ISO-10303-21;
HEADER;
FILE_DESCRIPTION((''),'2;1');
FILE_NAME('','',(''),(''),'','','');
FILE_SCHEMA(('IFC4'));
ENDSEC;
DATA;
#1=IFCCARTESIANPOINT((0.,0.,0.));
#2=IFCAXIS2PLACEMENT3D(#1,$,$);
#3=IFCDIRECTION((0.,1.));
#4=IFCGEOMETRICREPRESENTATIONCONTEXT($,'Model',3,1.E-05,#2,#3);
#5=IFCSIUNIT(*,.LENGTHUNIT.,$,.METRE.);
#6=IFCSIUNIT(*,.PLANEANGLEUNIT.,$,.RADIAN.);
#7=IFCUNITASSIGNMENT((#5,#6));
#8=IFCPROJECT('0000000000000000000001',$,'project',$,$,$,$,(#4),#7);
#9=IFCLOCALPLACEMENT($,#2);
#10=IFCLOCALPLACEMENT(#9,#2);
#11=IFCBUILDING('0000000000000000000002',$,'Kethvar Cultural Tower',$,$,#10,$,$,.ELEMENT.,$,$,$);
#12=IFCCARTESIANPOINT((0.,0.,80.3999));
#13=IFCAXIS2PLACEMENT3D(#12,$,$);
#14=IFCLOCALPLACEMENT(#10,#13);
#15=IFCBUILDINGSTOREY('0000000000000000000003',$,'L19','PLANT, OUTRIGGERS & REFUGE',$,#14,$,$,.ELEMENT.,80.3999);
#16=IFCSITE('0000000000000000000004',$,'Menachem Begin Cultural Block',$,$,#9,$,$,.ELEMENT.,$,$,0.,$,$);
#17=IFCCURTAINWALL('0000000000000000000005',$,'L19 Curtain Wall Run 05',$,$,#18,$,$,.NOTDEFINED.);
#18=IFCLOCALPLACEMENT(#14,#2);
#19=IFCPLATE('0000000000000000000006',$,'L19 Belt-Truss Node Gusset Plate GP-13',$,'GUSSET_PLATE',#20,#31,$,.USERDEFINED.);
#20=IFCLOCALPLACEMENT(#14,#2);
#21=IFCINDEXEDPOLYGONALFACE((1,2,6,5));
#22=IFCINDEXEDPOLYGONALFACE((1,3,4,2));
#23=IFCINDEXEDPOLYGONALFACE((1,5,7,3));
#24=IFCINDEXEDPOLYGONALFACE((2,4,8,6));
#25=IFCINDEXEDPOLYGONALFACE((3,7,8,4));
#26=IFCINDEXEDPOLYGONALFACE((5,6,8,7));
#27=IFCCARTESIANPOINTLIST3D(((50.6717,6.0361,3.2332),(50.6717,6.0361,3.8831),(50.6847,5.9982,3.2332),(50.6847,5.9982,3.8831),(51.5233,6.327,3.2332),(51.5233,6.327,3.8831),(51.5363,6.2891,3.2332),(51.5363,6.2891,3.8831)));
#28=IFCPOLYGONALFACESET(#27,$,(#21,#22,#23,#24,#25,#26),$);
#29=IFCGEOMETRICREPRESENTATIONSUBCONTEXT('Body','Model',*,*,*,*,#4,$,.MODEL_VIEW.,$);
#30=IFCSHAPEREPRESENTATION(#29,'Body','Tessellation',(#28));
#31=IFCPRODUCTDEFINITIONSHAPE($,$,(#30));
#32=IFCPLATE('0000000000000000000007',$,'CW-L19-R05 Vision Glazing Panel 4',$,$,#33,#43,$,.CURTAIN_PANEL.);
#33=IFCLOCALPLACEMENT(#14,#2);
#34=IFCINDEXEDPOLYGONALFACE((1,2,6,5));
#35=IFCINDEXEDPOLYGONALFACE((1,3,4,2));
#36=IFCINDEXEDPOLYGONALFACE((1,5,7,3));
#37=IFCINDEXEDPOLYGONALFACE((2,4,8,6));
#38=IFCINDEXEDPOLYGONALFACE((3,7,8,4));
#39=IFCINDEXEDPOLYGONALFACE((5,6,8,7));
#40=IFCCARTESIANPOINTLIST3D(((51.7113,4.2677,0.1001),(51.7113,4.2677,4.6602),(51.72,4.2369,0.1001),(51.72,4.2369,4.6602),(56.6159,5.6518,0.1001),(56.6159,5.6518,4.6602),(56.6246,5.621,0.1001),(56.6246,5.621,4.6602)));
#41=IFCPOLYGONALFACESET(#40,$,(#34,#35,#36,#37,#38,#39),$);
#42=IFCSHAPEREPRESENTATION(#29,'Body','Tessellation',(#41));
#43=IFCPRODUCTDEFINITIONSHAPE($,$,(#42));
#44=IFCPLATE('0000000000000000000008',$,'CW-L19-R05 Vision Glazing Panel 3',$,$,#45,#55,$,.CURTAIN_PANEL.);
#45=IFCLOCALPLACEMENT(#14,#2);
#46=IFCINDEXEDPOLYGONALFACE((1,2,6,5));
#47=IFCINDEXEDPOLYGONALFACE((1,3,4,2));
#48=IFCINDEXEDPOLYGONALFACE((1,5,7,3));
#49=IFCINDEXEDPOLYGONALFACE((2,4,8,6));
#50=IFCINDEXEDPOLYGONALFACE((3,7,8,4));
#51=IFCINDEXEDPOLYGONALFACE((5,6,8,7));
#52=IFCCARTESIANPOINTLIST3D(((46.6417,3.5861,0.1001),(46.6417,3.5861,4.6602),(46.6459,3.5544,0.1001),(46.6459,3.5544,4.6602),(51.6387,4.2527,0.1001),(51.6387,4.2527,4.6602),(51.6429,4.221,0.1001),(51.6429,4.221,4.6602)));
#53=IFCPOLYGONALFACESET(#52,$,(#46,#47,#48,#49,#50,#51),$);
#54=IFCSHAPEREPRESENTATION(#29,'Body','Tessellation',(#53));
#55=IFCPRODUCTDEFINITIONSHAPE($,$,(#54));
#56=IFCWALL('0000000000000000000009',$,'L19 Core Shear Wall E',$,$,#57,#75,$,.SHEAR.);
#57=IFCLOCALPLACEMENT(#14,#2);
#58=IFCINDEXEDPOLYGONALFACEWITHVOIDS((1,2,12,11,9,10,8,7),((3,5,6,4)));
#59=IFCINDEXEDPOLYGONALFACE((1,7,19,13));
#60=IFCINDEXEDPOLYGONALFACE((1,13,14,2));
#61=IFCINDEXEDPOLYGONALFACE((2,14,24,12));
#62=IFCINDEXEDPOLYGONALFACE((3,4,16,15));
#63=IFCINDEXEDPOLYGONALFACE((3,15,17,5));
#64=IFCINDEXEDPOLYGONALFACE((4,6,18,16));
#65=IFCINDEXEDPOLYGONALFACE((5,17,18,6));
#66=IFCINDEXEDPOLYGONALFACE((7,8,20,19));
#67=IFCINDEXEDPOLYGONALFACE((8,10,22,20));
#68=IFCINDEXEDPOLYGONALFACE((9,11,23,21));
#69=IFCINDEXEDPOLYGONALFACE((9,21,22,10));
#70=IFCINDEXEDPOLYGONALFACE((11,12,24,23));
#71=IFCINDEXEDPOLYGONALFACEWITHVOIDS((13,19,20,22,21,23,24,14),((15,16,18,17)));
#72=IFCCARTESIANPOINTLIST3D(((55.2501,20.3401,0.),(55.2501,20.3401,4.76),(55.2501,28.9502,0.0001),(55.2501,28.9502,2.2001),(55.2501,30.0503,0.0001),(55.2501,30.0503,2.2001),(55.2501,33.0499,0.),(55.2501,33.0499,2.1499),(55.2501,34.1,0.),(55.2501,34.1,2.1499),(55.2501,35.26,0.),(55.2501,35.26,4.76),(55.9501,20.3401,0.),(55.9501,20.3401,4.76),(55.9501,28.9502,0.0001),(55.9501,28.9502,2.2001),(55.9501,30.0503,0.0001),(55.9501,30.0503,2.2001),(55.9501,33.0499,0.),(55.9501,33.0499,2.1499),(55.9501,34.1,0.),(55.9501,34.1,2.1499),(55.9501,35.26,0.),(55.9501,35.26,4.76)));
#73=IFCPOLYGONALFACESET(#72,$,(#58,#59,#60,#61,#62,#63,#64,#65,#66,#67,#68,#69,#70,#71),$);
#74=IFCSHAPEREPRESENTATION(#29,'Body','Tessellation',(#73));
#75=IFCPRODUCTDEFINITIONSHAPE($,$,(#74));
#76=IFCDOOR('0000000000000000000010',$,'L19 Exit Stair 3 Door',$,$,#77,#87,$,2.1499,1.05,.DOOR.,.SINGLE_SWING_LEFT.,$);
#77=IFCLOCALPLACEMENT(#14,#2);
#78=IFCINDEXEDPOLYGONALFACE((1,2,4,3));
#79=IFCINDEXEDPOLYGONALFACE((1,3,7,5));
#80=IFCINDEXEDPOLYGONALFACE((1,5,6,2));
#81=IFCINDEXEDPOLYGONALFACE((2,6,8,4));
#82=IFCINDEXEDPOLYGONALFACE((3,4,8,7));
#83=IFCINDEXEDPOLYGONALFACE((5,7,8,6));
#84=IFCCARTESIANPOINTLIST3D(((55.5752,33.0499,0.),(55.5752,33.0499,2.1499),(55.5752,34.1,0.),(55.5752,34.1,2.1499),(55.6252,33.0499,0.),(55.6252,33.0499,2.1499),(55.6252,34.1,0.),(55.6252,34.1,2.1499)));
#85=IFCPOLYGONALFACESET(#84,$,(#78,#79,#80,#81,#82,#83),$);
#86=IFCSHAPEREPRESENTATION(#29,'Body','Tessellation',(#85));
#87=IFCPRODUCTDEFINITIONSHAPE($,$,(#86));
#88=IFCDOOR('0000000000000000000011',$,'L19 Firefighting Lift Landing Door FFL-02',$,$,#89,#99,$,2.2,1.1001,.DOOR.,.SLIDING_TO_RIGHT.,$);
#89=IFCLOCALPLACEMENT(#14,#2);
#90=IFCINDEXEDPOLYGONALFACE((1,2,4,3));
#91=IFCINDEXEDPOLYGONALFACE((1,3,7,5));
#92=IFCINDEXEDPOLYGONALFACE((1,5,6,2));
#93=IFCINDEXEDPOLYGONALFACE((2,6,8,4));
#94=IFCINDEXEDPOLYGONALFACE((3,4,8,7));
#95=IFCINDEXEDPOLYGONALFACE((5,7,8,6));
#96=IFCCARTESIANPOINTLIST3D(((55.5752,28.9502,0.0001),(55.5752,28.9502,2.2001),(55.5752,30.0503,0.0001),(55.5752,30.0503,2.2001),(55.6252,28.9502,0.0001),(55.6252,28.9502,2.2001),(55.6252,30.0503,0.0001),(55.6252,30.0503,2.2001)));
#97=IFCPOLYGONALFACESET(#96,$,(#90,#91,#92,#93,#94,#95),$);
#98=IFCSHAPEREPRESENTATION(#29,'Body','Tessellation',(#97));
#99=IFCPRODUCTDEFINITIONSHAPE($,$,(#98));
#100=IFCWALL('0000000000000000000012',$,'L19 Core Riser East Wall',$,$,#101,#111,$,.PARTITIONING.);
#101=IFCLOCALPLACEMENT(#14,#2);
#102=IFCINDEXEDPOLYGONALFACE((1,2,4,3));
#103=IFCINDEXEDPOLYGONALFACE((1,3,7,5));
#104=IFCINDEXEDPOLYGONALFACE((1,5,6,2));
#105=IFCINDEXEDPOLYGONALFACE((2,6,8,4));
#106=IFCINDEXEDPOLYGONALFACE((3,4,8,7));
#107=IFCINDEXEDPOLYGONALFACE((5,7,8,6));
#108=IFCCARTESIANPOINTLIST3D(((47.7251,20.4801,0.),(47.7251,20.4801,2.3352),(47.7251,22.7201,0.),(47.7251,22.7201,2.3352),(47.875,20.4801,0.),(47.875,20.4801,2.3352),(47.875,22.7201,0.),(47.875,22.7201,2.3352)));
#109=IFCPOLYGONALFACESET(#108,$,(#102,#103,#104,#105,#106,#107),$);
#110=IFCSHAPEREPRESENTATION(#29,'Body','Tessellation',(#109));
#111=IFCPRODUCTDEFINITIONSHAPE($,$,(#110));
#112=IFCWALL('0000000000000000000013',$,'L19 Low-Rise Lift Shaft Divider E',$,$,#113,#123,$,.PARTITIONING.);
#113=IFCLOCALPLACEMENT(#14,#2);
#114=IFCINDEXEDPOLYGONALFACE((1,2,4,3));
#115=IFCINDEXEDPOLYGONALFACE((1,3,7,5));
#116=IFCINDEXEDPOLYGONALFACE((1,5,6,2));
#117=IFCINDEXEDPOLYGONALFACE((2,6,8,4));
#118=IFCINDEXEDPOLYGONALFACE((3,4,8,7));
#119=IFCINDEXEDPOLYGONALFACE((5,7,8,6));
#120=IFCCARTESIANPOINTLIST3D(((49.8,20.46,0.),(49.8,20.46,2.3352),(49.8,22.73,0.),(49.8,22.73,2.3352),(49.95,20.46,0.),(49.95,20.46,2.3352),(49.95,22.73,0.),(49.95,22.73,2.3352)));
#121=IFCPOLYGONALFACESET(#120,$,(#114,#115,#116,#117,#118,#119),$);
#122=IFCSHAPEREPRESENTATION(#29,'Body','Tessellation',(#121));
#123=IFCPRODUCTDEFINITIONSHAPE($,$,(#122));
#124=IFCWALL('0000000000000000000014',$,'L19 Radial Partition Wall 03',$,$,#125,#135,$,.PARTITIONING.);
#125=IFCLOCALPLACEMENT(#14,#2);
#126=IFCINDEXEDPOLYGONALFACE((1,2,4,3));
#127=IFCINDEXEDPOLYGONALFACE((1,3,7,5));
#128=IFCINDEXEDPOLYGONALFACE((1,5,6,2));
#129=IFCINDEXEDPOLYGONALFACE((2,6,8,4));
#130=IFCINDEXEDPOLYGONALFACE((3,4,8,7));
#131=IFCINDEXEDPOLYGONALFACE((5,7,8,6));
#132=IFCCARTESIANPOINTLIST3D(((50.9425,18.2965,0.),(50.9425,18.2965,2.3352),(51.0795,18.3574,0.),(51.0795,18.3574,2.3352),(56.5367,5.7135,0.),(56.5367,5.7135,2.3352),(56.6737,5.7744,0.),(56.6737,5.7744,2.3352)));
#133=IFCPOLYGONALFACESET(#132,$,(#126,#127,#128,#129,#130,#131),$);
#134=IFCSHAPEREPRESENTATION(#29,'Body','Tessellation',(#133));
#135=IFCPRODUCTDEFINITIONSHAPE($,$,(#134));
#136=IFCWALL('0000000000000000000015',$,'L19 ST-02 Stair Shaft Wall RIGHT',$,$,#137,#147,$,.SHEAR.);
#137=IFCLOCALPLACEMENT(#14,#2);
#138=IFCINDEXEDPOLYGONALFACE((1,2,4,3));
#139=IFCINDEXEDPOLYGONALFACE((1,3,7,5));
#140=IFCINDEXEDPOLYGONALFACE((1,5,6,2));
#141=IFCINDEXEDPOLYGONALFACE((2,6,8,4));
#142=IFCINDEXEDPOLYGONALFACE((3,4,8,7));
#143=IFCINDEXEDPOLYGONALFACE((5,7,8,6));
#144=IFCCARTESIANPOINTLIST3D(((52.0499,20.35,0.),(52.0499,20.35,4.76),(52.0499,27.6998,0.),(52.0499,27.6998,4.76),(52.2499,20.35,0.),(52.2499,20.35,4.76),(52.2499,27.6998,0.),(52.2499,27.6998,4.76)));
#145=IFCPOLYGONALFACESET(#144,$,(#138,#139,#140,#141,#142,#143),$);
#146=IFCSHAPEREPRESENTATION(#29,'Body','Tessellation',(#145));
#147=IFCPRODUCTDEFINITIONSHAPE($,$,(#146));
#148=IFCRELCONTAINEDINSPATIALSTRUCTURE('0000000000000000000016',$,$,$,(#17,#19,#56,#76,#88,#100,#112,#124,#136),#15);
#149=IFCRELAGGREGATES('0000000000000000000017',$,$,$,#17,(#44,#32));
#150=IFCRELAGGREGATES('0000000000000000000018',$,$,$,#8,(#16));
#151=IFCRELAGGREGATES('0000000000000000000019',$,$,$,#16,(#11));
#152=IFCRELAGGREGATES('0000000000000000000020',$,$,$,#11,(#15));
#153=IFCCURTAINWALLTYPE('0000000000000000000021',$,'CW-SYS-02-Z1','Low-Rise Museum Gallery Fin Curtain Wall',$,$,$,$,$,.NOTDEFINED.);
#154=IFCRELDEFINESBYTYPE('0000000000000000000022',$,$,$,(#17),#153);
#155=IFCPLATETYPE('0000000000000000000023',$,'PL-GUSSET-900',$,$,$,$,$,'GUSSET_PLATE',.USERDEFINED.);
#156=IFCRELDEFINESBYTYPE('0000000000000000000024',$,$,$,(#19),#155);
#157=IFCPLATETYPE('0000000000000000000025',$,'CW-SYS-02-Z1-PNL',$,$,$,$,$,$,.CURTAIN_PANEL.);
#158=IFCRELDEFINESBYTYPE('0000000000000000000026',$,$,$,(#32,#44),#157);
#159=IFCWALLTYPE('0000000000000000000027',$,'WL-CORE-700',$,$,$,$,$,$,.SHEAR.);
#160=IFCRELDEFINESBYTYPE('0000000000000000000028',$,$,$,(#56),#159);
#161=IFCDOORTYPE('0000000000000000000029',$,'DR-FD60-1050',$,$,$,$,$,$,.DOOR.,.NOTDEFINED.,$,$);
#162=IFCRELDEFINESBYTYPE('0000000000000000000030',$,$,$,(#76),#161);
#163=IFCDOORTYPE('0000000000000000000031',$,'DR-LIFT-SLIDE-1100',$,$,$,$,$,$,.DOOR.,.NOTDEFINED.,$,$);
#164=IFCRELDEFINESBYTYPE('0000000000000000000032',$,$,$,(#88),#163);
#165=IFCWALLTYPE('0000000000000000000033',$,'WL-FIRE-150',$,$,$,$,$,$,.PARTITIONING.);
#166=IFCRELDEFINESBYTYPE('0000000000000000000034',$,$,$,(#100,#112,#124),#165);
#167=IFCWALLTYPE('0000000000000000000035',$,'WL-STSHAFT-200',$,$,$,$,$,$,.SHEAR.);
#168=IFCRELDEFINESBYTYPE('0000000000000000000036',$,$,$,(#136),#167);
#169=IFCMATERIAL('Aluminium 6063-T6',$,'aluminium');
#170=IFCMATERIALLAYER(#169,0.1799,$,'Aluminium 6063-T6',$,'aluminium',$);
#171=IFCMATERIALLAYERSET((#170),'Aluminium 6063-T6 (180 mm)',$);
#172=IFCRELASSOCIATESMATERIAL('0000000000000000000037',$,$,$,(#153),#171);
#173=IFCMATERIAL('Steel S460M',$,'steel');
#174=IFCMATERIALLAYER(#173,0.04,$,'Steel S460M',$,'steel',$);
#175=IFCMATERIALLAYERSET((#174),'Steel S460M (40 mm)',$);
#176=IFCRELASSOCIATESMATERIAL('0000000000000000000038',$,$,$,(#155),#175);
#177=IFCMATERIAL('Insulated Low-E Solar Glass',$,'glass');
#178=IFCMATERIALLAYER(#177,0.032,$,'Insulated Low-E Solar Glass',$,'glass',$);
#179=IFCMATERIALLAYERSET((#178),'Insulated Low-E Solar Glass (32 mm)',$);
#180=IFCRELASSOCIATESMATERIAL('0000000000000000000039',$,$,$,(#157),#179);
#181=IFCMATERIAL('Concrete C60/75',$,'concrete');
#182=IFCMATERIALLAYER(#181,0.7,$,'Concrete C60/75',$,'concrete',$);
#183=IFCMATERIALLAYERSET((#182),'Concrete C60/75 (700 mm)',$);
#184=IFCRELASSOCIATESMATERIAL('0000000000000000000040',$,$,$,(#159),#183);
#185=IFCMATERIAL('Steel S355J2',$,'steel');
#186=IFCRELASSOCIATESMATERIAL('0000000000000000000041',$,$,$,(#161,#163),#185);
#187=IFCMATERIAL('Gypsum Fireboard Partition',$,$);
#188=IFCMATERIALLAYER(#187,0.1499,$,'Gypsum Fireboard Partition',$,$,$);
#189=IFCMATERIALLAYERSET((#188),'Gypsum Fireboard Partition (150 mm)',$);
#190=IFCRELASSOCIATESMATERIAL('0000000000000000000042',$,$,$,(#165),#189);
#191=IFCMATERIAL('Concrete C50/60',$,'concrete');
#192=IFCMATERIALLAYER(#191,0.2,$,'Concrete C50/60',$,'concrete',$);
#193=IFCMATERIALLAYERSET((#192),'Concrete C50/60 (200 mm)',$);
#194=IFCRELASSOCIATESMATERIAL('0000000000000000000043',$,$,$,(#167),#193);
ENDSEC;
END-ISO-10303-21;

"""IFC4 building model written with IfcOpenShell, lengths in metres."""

from ifc_helpers import new_model, si_unit, direction, frame, frame_2d, origin, origin_2d, place, context, subcontext, project, spatial, rectangle, extrude, source, transform, mapped, material, layer, layer_set, type_object, element, fill, aggregate, save


model = new_model("IFC4")

# Units and contexts
model_context = context("Model", 3, precision=1e-05, world=origin(), true_north=direction((0.0, 1.0)))
body_context = subcontext(model_context, "Body", "Model", "MODEL_VIEW")
ifc_project = project(units=[si_unit("LENGTHUNIT", "METRE"), si_unit("PLANEANGLEUNIT", "RADIAN")], contexts=[model_context])

# Site, building, storey
site_placement = place(None, origin())
site = spatial("IfcSite", under=ifc_project, at=site_placement, Name="Menachem Begin Cultural Block", CompositionType="ELEMENT", RefElevation=0.0)
building_placement = place(site_placement, origin())
building = spatial("IfcBuilding", under=site, at=building_placement, Name="Kethvar Cultural Tower", CompositionType="ELEMENT")
storey_placement = place(building_placement, frame((0.0, 0.0, 80.3999)))
storey = spatial("IfcBuildingStorey", under=building, at=storey_placement, Name="L19", Description="PLANT, OUTRIGGERS & REFUGE", CompositionType="ELEMENT", Elevation=80.3999)

# Shared definitions
ifc_material_1 = material(Name="Steel S460M", Category="steel")

# Curtain wall
ifc_material_2 = material(Name="Aluminium 6063-T6", Category="aluminium")
ifc_layer_1 = layer(ifc_material_2, 0.1799, Name="Aluminium 6063-T6", Category="aluminium")
ifc_layer_set_1 = layer_set([ifc_layer_1], Name="Aluminium 6063-T6 (180 mm)")
curtain_wall_type = type_object("IfcCurtainWallType", Name="CW-SYS-02-Z1", Description="Low-Rise Museum Gallery Fin Curtain Wall", PredefinedType="NOTDEFINED", material=ifc_layer_set_1)
curtain_wall_placement = place(storey_placement, origin())
curtain_wall = element("IfcCurtainWall", 1, at=curtain_wall_placement, inside=storey, type_object=curtain_wall_type, Name="L19 Curtain Wall Run 05", PredefinedType="NOTDEFINED")

# Plate
ifc_layer_2 = layer(ifc_material_1, 0.04, Name="Steel S460M", Category="steel")
ifc_layer_set_2 = layer_set([ifc_layer_2], Name="Steel S460M (40 mm)")
plate_type_1 = type_object("IfcPlateType", Name="PL-GUSSET-900", ElementType="GUSSET_PLATE", PredefinedType="USERDEFINED", material=ifc_layer_set_2)
shared_shape_1 = source(origin(), body_context, "Body", "SweptSolid", [
    extrude(rectangle(XDim=0.8999, YDim=0.04, at=origin_2d()), origin(), (0.0, 0.0, 1.0), 0.6499),
])
plate_1_placement = place(storey_placement, frame((51.104, 6.1626, 3.2332), z_axis=(0.0, 0.0, 1.0), x_axis=(0.946291, 0.323317, 0.0)))
element("IfcPlate", 2, at=plate_1_placement, inside=storey, type_object=plate_type_1, Name="L19 Belt-Truss Node Gusset Plate GP-13", ObjectType="GUSSET_PLATE", PredefinedType="USERDEFINED", context=body_context, shape_type="MappedRepresentation", body=[
    mapped(shared_shape_1, transform((0.0, 0.0, 0.0), scale=1.0)),
])

# Plates
ifc_material_3 = material(Name="Insulated Low-E Solar Glass", Category="glass")
ifc_layer_3 = layer(ifc_material_3, 0.032, Name="Insulated Low-E Solar Glass", Category="glass")
ifc_layer_set_3 = layer_set([ifc_layer_3], Name="Insulated Low-E Solar Glass (32 mm)")
plate_type_2 = type_object("IfcPlateType", Name="CW-SYS-02-Z1-PNL", PredefinedType="CURTAIN_PANEL", material=ifc_layer_set_3)
shared_shape_2 = source(origin(), body_context, "Body", "SweptSolid", [
    extrude(rectangle(XDim=5.0962, YDim=0.032, at=origin_2d()), origin(), (0.0, 0.0, 1.0), 4.5601),
])
plate_2_placement = place(storey_placement, frame((54.168, 4.9443, 0.1001), z_axis=(0.0, 0.0, 1.0), x_axis=(0.962413, 0.271592, 0.0)))
plate_2 = element("IfcPlate", 3, at=plate_2_placement, type_object=plate_type_2, Name="CW-L19-R05 Vision Glazing Panel 4", PredefinedType="CURTAIN_PANEL", context=body_context, shape_type="MappedRepresentation", body=[
    mapped(shared_shape_2, transform((0.0, 0.0, 0.0), scale=1.0)),
])
shared_shape_3 = source(origin(), body_context, "Body", "SweptSolid", [
    extrude(rectangle(XDim=5.0413, YDim=0.032, at=origin_2d()), origin(), (0.0, 0.0, 1.0), 4.5601),
])
plate_3_placement = place(storey_placement, frame((49.1423, 3.9036, 0.1001), z_axis=(0.0, 0.0, 1.0), x_axis=(0.99122, 0.132222, 0.0)))
plate_3 = element("IfcPlate", 4, at=plate_3_placement, type_object=plate_type_2, Name="CW-L19-R05 Vision Glazing Panel 3", PredefinedType="CURTAIN_PANEL", context=body_context, shape_type="MappedRepresentation", body=[
    mapped(shared_shape_3, transform((0.0, 0.0, 0.0), scale=1.0)),
])
aggregate(curtain_wall, [plate_3, plate_2])

# Wall, openings, doors
ifc_material_4 = material(Name="Concrete C60/75", Category="concrete")
ifc_layer_4 = layer(ifc_material_4, 0.7, Name="Concrete C60/75", Category="concrete")
ifc_layer_set_4 = layer_set([ifc_layer_4], Name="Concrete C60/75 (700 mm)")
wall_type_1 = type_object("IfcWallType", Name="WL-CORE-700", PredefinedType="SHEAR", material=ifc_layer_set_4)
wall_1_placement = place(storey_placement, frame((55.6001, 20.3401, 0.0), z_axis=(0.0, 0.0, 1.0), x_axis=(0.0, 1.0, 0.0)))
wall_1 = element("IfcWall", 5, at=wall_1_placement, inside=storey, type_object=wall_type_1, Name="L19 Core Shear Wall E", PredefinedType="SHEAR", context=body_context, shape_type="SweptSolid", body=[
    extrude(rectangle(XDim=14.9199, YDim=0.7, at=frame_2d((7.46, 0.0))), origin(), (0.0, 0.0, 1.0), 4.76),
])
opening_1_placement = place(wall_1_placement, frame((12.71, 0.0, 0.0)))
opening_1 = element("IfcOpeningElement", 6, at=opening_1_placement, cuts=wall_1, PredefinedType="OPENING", context=body_context, shape_type="SweptSolid", body=[
    extrude(rectangle(XDim=1.05, YDim=2.1499, at=frame_2d((0.5249, 1.075))), frame((0.0, 0.3599, 0.0), z_axis=(0.0, -1.0, 0.0), x_axis=(1.0, 0.0, 0.0)), (0.0, 0.0, 1.0), 0.72),
])
opening_2_placement = place(wall_1_placement, frame((8.6101, 0.0, 0.0)))
opening_2 = element("IfcOpeningElement", 7, at=opening_2_placement, cuts=wall_1, PredefinedType="OPENING", context=body_context, shape_type="SweptSolid", body=[
    extrude(rectangle(XDim=1.1001, YDim=2.2, at=frame_2d((0.55, 1.1001))), frame((0.0, 0.3599, 0.0), z_axis=(0.0, -1.0, 0.0), x_axis=(1.0, 0.0, 0.0)), (0.0, 0.0, 1.0), 0.72),
])
ifc_material_5 = material(Name="Steel S355J2", Category="steel")
door_type_1 = type_object("IfcDoorType", Name="DR-FD60-1050", OperationType="NOTDEFINED", PredefinedType="DOOR", material=ifc_material_5)
shared_shape_4 = source(origin(), body_context, "Body", "SweptSolid", [
    extrude(rectangle(XDim=1.05, YDim=2.1499, at=frame_2d((0.5249, 1.075))), frame((0.0, 0.0249, 0.0), z_axis=(0.0, -1.0, 0.0), x_axis=(1.0, 0.0, 0.0)), (0.0, 0.0, 1.0), 0.05),
])
door_1_placement = place(opening_1_placement, origin())
door_1 = element("IfcDoor", 8, at=door_1_placement, inside=storey, type_object=door_type_1, Name="L19 Exit Stair 3 Door", OperationType="SINGLE_SWING_LEFT", OverallHeight=2.1499, OverallWidth=1.05, PredefinedType="DOOR", context=body_context, shape_type="MappedRepresentation", body=[
    mapped(shared_shape_4, transform((0.0, 0.0, 0.0), scale=1.0)),
])
fill(opening_1, door_1)
door_type_2 = type_object("IfcDoorType", Name="DR-LIFT-SLIDE-1100", OperationType="NOTDEFINED", PredefinedType="DOOR", material=ifc_material_5)
shared_shape_5 = source(origin(), body_context, "Body", "SweptSolid", [
    extrude(rectangle(XDim=1.1001, YDim=2.2, at=frame_2d((0.55, 1.1001))), frame((0.0, 0.0249, 0.0), z_axis=(0.0, -1.0, 0.0), x_axis=(1.0, 0.0, 0.0)), (0.0, 0.0, 1.0), 0.05),
])
door_2_placement = place(opening_2_placement, origin())
door_2 = element("IfcDoor", 9, at=door_2_placement, inside=storey, type_object=door_type_2, Name="L19 Firefighting Lift Landing Door FFL-02", OperationType="SLIDING_TO_RIGHT", OverallHeight=2.2, OverallWidth=1.1001, PredefinedType="DOOR", context=body_context, shape_type="MappedRepresentation", body=[
    mapped(shared_shape_5, transform((0.0, 0.0, 0.0), scale=1.0)),
])
fill(opening_2, door_2)

# Walls
ifc_material_6 = material(Name="Gypsum Fireboard Partition")
ifc_layer_5 = layer(ifc_material_6, 0.1499, Name="Gypsum Fireboard Partition")
ifc_layer_set_5 = layer_set([ifc_layer_5], Name="Gypsum Fireboard Partition (150 mm)")
wall_type_2 = type_object("IfcWallType", Name="WL-FIRE-150", PredefinedType="PARTITIONING", material=ifc_layer_set_5)
wall_2_placement = place(storey_placement, frame((47.8, 20.48, 0.0), z_axis=(0.0, 0.0, 1.0), x_axis=(0.0, 1.0, 0.0)))
element("IfcWall", 10, at=wall_2_placement, inside=storey, type_object=wall_type_2, Name="L19 Core Riser East Wall", PredefinedType="PARTITIONING", context=body_context, shape_type="SweptSolid", body=[
    extrude(rectangle(XDim=2.24, YDim=0.1499, at=frame_2d((1.1201, 0.0))), origin(), (0.0, 0.0, 1.0), 2.3352),
])
wall_3_placement = place(storey_placement, frame((49.875, 20.46, 0.0), z_axis=(0.0, 0.0, 1.0), x_axis=(0.0, 1.0, 0.0)))
element("IfcWall", 11, at=wall_3_placement, inside=storey, type_object=wall_type_2, Name="L19 Low-Rise Lift Shaft Divider E", PredefinedType="PARTITIONING", context=body_context, shape_type="SweptSolid", body=[
    extrude(rectangle(XDim=2.27, YDim=0.1499, at=frame_2d((1.135, 0.0))), origin(), (0.0, 0.0, 1.0), 2.3352),
])
wall_4_placement = place(storey_placement, frame((51.011, 18.3269, 0.0), z_axis=(0.0, 0.0, 1.0), x_axis=(0.406247, -0.913763, 0.0)))
element("IfcWall", 12, at=wall_4_placement, inside=storey, type_object=wall_type_2, Name="L19 Radial Partition Wall 03", PredefinedType="PARTITIONING", context=body_context, shape_type="SweptSolid", body=[
    extrude(rectangle(XDim=13.7705, YDim=0.1499, at=frame_2d((6.8853, 0.0))), origin(), (0.0, 0.0, 1.0), 2.3352),
])
ifc_material_7 = material(Name="Concrete C50/60", Category="concrete")
ifc_layer_6 = layer(ifc_material_7, 0.2, Name="Concrete C50/60", Category="concrete")
ifc_layer_set_6 = layer_set([ifc_layer_6], Name="Concrete C50/60 (200 mm)")
wall_type_3 = type_object("IfcWallType", Name="WL-STSHAFT-200", PredefinedType="SHEAR", material=ifc_layer_set_6)
wall_5_placement = place(storey_placement, frame((52.1499, 20.3501, 0.0), z_axis=(0.0, 0.0, 1.0), x_axis=(0.0, 1.0, 0.0)))
element("IfcWall", 13, at=wall_5_placement, inside=storey, type_object=wall_type_3, Name="L19 ST-02 Stair Shaft Wall RIGHT", PredefinedType="SHEAR", context=body_context, shape_type="SweptSolid", body=[
    extrude(rectangle(XDim=7.3499, YDim=0.2, at=frame_2d((3.6748, 0.0))), origin(), (0.0, 0.0, 1.0), 4.76),
])

save(model, "model.ifc")
